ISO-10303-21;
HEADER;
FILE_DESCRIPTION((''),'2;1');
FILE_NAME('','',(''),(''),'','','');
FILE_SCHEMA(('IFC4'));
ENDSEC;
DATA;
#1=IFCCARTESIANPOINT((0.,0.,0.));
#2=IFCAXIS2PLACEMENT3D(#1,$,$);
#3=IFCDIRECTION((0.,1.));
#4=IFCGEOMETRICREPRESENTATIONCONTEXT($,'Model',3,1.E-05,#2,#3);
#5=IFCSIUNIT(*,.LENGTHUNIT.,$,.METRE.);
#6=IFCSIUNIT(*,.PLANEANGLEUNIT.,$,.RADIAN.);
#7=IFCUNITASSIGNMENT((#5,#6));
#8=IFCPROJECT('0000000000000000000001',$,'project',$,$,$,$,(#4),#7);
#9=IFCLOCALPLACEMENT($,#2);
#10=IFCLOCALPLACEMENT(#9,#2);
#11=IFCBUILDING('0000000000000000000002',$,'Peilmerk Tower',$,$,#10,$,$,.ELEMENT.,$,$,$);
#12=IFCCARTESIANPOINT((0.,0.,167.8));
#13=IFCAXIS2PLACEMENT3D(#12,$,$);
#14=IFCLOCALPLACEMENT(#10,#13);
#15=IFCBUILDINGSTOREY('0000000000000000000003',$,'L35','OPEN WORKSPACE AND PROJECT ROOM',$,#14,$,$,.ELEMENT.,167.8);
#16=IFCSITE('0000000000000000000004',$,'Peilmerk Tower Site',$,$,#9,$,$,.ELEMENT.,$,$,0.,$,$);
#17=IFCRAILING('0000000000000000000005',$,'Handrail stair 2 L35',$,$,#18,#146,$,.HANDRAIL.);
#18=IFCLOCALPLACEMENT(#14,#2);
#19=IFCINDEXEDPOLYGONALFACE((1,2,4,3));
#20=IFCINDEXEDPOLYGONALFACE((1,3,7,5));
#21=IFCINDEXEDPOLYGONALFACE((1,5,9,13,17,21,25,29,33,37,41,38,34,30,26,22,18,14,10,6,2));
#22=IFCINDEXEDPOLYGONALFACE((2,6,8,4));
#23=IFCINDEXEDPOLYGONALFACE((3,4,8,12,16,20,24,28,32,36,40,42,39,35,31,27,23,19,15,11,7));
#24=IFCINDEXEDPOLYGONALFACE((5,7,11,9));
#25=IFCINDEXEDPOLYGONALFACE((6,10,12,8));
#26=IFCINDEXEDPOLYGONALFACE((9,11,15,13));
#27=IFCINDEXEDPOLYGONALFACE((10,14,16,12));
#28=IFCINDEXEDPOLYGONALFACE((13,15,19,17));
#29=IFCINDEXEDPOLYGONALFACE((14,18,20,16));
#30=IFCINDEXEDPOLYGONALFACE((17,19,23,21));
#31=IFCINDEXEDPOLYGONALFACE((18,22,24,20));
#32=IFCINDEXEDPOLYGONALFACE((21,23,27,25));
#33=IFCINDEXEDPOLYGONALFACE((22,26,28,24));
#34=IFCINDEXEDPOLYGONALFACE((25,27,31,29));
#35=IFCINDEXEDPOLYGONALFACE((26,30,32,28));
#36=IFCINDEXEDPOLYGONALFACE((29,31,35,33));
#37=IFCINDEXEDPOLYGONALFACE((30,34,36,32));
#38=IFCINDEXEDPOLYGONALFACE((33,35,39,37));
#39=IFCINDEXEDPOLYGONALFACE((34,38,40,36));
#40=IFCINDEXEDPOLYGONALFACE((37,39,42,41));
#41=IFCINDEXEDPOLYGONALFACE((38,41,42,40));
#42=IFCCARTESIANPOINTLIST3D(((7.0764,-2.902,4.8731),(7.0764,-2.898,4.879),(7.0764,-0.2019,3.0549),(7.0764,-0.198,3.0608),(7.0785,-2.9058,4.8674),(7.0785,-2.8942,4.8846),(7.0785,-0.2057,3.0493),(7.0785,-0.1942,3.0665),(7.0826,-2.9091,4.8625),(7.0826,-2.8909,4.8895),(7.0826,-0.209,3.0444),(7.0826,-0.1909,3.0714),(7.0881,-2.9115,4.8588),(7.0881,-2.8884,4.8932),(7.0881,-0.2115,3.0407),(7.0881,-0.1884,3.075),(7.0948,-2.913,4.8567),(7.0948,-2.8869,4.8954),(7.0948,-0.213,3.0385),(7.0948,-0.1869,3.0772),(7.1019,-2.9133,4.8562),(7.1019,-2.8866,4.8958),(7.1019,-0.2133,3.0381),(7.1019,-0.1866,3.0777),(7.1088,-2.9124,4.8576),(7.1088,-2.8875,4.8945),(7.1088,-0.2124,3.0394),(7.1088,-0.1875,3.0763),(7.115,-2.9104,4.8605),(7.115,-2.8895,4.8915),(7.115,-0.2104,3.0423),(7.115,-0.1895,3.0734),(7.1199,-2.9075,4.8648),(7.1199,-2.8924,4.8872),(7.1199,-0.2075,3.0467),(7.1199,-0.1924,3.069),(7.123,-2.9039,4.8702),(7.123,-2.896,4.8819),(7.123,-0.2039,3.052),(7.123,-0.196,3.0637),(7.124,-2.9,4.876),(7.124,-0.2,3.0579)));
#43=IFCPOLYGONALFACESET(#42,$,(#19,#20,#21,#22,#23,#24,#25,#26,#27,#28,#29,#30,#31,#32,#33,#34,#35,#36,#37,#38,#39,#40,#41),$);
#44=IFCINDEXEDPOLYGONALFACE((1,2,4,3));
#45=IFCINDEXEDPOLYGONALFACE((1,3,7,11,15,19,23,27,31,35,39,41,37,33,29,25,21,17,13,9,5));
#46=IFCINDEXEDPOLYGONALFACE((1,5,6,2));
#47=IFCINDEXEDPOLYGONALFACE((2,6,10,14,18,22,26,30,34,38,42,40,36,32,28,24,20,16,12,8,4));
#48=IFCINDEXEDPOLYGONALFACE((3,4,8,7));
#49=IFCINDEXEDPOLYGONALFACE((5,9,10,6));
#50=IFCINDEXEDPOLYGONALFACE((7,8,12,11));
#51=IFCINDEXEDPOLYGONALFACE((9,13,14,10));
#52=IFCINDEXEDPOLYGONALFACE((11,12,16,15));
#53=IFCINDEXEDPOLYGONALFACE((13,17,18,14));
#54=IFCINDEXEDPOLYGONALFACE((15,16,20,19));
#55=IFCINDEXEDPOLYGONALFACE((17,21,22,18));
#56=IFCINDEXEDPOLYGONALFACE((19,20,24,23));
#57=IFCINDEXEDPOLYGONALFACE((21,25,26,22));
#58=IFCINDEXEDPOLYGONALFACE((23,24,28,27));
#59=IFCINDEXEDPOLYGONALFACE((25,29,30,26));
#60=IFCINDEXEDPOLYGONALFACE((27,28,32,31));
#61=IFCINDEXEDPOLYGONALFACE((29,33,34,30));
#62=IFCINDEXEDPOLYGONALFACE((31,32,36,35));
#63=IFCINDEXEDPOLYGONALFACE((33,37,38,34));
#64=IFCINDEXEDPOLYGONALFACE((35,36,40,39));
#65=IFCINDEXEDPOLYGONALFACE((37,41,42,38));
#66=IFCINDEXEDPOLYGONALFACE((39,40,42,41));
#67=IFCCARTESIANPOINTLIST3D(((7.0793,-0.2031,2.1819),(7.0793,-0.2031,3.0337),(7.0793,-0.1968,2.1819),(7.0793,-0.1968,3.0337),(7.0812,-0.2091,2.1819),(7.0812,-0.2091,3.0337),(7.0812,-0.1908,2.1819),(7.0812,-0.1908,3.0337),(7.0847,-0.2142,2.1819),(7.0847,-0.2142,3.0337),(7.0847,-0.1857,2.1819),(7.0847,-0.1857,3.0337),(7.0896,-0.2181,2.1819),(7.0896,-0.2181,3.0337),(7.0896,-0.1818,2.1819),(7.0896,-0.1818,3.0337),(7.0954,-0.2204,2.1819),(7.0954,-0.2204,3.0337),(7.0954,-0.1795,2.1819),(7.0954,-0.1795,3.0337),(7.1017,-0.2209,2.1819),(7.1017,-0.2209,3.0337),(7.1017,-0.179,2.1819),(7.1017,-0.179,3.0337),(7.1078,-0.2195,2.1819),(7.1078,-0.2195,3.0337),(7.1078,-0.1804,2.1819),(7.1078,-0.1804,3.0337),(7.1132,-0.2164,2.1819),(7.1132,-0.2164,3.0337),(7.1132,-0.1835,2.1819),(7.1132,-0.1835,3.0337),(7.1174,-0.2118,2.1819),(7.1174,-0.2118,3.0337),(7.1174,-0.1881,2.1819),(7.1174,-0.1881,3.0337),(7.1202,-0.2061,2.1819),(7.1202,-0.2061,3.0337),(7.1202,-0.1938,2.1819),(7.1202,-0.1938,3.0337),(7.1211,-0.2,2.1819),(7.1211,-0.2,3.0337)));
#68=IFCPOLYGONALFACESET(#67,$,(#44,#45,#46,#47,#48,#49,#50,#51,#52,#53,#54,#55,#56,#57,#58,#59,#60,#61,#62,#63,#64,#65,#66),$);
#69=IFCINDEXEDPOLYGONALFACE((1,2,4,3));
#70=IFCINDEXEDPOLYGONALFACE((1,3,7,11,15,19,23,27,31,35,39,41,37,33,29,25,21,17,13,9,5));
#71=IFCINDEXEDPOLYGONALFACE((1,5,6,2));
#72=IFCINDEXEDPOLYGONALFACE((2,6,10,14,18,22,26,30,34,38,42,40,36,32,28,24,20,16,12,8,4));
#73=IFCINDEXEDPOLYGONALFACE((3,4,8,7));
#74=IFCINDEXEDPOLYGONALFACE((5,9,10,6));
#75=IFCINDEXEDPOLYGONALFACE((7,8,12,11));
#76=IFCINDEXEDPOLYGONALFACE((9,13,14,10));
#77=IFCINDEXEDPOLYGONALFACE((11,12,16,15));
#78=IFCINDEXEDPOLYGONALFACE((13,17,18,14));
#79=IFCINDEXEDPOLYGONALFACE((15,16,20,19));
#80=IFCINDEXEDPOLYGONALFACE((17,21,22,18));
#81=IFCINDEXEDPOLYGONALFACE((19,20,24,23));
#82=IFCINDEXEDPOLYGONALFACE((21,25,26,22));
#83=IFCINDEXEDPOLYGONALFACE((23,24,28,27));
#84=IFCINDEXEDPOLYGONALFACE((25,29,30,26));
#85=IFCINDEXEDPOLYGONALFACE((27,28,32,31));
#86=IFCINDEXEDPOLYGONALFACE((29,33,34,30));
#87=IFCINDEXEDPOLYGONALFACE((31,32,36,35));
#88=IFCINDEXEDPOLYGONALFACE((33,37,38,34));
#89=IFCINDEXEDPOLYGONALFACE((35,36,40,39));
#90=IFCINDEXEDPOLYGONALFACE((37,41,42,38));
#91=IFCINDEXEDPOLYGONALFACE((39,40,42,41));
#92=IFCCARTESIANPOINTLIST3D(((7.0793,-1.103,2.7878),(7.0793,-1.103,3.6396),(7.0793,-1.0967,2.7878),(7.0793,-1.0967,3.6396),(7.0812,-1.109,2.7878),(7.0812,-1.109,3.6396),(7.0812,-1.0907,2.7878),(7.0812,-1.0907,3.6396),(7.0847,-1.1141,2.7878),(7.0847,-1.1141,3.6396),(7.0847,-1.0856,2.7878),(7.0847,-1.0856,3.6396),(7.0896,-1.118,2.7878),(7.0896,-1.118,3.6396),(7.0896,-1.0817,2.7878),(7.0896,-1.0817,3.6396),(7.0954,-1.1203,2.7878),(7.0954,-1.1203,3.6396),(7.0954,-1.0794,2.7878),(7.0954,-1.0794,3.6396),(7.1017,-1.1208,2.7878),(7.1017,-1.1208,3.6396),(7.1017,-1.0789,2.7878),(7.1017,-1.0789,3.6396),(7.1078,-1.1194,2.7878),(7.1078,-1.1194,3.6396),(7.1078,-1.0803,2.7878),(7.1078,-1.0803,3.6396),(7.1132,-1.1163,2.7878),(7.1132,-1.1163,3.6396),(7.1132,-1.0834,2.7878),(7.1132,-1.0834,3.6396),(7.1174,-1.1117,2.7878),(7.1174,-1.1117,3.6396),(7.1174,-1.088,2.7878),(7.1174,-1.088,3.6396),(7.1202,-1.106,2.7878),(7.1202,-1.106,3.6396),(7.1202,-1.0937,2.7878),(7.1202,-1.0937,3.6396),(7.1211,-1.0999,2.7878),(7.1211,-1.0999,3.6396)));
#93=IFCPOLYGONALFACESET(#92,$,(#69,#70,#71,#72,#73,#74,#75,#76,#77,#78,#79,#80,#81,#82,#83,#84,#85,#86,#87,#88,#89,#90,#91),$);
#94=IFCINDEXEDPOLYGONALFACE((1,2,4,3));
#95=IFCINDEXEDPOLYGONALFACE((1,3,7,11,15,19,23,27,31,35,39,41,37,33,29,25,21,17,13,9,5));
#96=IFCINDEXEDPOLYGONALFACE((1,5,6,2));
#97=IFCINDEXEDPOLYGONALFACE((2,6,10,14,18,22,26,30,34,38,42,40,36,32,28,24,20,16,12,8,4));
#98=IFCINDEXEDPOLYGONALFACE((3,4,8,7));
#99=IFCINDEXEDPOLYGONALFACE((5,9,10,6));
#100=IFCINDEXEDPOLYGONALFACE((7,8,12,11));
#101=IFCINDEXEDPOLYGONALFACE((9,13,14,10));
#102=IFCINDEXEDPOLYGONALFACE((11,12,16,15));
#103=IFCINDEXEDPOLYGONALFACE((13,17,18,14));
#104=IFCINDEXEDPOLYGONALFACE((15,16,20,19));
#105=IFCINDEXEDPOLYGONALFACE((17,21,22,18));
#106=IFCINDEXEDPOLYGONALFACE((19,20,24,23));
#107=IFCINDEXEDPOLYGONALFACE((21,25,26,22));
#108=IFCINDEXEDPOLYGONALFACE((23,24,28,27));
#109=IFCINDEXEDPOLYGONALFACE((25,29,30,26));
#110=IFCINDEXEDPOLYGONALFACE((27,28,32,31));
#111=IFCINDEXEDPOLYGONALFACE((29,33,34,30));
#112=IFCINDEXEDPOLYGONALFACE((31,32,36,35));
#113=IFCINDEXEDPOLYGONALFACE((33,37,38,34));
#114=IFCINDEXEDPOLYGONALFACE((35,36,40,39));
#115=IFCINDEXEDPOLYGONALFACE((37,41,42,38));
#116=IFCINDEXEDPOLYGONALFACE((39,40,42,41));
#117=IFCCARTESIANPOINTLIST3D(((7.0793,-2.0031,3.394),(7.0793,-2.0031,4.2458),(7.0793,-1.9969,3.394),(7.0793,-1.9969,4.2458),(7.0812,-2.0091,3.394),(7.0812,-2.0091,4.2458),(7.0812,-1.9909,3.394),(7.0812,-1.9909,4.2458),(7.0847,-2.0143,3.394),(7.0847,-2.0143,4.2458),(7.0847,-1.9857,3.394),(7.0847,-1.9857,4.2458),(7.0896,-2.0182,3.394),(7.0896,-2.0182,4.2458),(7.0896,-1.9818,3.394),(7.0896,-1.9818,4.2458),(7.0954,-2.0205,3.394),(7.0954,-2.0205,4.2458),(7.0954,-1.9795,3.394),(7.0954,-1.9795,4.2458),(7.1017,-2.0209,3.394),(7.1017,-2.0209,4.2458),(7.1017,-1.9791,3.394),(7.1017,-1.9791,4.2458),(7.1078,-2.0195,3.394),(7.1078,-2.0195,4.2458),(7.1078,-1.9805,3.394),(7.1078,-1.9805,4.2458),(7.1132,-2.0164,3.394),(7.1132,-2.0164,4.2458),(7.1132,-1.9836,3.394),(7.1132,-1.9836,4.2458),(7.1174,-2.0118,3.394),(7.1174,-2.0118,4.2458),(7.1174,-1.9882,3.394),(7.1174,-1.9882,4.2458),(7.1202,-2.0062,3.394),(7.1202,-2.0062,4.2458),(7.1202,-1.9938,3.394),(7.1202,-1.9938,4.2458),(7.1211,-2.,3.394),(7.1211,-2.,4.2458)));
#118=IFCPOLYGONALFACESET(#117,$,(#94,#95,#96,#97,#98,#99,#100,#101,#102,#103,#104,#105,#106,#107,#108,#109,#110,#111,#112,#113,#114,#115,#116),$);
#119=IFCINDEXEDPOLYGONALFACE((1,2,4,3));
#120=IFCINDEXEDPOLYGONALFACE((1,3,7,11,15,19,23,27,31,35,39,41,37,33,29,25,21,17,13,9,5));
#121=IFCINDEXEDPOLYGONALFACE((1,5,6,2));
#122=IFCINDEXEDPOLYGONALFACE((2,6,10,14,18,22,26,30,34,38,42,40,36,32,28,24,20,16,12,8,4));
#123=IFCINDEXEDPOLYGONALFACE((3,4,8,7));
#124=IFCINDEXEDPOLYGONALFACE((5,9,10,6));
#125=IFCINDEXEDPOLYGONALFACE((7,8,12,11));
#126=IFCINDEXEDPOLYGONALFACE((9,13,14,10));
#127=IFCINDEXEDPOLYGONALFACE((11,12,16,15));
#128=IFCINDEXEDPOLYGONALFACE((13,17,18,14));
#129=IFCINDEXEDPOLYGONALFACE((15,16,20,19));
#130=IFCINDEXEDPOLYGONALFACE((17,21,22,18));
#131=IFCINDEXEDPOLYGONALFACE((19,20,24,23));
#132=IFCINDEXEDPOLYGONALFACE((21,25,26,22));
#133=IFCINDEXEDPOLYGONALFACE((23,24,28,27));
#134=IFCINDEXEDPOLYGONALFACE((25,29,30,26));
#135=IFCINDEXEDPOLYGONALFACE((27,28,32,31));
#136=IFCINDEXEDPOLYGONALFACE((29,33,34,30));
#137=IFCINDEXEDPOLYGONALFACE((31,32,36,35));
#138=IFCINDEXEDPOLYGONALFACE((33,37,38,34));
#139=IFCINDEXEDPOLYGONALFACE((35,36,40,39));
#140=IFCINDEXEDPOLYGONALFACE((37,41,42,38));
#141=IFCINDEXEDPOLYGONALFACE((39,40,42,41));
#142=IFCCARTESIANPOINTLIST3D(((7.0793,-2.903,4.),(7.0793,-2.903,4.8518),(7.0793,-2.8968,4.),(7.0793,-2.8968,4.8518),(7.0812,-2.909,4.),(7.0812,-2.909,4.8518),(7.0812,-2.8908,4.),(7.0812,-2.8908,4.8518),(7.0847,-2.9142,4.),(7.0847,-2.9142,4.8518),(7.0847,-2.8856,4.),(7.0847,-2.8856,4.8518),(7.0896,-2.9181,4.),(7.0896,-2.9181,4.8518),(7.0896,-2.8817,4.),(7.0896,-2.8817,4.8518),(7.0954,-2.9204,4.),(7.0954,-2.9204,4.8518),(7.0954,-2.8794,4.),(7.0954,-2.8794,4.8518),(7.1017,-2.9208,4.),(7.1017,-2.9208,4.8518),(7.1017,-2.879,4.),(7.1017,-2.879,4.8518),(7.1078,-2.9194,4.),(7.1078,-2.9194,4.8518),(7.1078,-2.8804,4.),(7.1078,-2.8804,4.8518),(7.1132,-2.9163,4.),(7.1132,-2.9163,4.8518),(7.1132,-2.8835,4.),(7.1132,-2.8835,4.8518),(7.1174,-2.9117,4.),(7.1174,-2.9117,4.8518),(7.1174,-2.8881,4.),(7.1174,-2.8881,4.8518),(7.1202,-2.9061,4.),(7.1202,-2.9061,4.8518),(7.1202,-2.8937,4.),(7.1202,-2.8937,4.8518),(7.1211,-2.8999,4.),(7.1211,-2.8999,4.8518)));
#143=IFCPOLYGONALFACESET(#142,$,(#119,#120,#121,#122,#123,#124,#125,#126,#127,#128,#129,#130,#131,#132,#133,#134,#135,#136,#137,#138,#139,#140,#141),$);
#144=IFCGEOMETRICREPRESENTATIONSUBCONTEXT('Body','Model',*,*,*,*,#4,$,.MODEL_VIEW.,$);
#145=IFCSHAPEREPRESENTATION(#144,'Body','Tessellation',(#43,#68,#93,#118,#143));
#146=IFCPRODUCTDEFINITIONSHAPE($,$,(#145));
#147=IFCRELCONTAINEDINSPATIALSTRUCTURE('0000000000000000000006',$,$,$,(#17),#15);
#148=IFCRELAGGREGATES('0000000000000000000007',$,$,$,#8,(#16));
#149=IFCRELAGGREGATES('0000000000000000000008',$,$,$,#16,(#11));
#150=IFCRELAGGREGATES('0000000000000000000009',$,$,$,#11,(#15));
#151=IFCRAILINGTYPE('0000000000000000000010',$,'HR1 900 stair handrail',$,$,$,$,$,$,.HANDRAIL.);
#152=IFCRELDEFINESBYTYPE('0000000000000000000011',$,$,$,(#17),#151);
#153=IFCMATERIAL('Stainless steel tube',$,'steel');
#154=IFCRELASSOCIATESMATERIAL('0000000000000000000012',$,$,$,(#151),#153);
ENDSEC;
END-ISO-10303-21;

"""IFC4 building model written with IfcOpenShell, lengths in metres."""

from ifc_helpers import new_model, si_unit, direction, frame, origin, origin_2d, place, context, subcontext, project, spatial, circle, extrude, material, type_object, element, save


model = new_model("IFC4")

# Units and contexts
model_context = context("Model", 3, precision=1e-05, world=origin(), true_north=direction((0.0, 1.0)))
body_context = subcontext(model_context, "Body", "Model", "MODEL_VIEW")
ifc_project = project(units=[si_unit("LENGTHUNIT", "METRE"), si_unit("PLANEANGLEUNIT", "RADIAN")], contexts=[model_context])

# Site, building, storey
site_placement = place(None, origin())
site = spatial("IfcSite", under=ifc_project, at=site_placement, Name="Peilmerk Tower Site", CompositionType="ELEMENT", RefElevation=0.0)
building_placement = place(site_placement, origin())
building = spatial("IfcBuilding", under=site, at=building_placement, Name="Peilmerk Tower", CompositionType="ELEMENT")
storey_placement = place(building_placement, frame((0.0, 0.0, 167.8)))
storey = spatial("IfcBuildingStorey", under=building, at=storey_placement, Name="L35", Description="OPEN WORKSPACE AND PROJECT ROOM", CompositionType="ELEMENT", Elevation=167.8)

# Railing
ifc_material_1 = material(Name="Stainless steel tube", Category="steel")
railing_type_1 = type_object("IfcRailingType", Name="HR1 900 stair handrail", PredefinedType="HANDRAIL", material=ifc_material_1)
railing_1_placement = place(storey_placement, frame((7.1001, -0.2, 2.1819)))
element("IfcRailing", 1, at=railing_1_placement, inside=storey, type_object=railing_type_1, Name="Handrail stair 2 L35", PredefinedType="HANDRAIL", context=body_context, shape_type="SweptSolid", body=[
    extrude(circle(Radius=0.0239, at=origin_2d()), frame((0.0, 0.0, 0.876), z_axis=(0.0, -0.829468, 0.558554), x_axis=(1.0, 0.0, 0.0)), (0.0, 0.0, 1.0), 3.2551),
    extrude(circle(Radius=0.021, at=origin_2d()), origin(), (0.0, 0.0, 1.0), 0.8518),
    extrude(circle(Radius=0.021, at=origin_2d()), frame((0.0, -0.8999, 0.606)), (0.0, 0.0, 1.0), 0.8518),
    extrude(circle(Radius=0.021, at=origin_2d()), frame((0.0, -1.8, 1.2122)), (0.0, 0.0, 1.0), 0.8518),
    extrude(circle(Radius=0.021, at=origin_2d()), frame((0.0, -2.7, 1.8181)), (0.0, 0.0, 1.0), 0.8518),
])

save(model, "model.ifc")
